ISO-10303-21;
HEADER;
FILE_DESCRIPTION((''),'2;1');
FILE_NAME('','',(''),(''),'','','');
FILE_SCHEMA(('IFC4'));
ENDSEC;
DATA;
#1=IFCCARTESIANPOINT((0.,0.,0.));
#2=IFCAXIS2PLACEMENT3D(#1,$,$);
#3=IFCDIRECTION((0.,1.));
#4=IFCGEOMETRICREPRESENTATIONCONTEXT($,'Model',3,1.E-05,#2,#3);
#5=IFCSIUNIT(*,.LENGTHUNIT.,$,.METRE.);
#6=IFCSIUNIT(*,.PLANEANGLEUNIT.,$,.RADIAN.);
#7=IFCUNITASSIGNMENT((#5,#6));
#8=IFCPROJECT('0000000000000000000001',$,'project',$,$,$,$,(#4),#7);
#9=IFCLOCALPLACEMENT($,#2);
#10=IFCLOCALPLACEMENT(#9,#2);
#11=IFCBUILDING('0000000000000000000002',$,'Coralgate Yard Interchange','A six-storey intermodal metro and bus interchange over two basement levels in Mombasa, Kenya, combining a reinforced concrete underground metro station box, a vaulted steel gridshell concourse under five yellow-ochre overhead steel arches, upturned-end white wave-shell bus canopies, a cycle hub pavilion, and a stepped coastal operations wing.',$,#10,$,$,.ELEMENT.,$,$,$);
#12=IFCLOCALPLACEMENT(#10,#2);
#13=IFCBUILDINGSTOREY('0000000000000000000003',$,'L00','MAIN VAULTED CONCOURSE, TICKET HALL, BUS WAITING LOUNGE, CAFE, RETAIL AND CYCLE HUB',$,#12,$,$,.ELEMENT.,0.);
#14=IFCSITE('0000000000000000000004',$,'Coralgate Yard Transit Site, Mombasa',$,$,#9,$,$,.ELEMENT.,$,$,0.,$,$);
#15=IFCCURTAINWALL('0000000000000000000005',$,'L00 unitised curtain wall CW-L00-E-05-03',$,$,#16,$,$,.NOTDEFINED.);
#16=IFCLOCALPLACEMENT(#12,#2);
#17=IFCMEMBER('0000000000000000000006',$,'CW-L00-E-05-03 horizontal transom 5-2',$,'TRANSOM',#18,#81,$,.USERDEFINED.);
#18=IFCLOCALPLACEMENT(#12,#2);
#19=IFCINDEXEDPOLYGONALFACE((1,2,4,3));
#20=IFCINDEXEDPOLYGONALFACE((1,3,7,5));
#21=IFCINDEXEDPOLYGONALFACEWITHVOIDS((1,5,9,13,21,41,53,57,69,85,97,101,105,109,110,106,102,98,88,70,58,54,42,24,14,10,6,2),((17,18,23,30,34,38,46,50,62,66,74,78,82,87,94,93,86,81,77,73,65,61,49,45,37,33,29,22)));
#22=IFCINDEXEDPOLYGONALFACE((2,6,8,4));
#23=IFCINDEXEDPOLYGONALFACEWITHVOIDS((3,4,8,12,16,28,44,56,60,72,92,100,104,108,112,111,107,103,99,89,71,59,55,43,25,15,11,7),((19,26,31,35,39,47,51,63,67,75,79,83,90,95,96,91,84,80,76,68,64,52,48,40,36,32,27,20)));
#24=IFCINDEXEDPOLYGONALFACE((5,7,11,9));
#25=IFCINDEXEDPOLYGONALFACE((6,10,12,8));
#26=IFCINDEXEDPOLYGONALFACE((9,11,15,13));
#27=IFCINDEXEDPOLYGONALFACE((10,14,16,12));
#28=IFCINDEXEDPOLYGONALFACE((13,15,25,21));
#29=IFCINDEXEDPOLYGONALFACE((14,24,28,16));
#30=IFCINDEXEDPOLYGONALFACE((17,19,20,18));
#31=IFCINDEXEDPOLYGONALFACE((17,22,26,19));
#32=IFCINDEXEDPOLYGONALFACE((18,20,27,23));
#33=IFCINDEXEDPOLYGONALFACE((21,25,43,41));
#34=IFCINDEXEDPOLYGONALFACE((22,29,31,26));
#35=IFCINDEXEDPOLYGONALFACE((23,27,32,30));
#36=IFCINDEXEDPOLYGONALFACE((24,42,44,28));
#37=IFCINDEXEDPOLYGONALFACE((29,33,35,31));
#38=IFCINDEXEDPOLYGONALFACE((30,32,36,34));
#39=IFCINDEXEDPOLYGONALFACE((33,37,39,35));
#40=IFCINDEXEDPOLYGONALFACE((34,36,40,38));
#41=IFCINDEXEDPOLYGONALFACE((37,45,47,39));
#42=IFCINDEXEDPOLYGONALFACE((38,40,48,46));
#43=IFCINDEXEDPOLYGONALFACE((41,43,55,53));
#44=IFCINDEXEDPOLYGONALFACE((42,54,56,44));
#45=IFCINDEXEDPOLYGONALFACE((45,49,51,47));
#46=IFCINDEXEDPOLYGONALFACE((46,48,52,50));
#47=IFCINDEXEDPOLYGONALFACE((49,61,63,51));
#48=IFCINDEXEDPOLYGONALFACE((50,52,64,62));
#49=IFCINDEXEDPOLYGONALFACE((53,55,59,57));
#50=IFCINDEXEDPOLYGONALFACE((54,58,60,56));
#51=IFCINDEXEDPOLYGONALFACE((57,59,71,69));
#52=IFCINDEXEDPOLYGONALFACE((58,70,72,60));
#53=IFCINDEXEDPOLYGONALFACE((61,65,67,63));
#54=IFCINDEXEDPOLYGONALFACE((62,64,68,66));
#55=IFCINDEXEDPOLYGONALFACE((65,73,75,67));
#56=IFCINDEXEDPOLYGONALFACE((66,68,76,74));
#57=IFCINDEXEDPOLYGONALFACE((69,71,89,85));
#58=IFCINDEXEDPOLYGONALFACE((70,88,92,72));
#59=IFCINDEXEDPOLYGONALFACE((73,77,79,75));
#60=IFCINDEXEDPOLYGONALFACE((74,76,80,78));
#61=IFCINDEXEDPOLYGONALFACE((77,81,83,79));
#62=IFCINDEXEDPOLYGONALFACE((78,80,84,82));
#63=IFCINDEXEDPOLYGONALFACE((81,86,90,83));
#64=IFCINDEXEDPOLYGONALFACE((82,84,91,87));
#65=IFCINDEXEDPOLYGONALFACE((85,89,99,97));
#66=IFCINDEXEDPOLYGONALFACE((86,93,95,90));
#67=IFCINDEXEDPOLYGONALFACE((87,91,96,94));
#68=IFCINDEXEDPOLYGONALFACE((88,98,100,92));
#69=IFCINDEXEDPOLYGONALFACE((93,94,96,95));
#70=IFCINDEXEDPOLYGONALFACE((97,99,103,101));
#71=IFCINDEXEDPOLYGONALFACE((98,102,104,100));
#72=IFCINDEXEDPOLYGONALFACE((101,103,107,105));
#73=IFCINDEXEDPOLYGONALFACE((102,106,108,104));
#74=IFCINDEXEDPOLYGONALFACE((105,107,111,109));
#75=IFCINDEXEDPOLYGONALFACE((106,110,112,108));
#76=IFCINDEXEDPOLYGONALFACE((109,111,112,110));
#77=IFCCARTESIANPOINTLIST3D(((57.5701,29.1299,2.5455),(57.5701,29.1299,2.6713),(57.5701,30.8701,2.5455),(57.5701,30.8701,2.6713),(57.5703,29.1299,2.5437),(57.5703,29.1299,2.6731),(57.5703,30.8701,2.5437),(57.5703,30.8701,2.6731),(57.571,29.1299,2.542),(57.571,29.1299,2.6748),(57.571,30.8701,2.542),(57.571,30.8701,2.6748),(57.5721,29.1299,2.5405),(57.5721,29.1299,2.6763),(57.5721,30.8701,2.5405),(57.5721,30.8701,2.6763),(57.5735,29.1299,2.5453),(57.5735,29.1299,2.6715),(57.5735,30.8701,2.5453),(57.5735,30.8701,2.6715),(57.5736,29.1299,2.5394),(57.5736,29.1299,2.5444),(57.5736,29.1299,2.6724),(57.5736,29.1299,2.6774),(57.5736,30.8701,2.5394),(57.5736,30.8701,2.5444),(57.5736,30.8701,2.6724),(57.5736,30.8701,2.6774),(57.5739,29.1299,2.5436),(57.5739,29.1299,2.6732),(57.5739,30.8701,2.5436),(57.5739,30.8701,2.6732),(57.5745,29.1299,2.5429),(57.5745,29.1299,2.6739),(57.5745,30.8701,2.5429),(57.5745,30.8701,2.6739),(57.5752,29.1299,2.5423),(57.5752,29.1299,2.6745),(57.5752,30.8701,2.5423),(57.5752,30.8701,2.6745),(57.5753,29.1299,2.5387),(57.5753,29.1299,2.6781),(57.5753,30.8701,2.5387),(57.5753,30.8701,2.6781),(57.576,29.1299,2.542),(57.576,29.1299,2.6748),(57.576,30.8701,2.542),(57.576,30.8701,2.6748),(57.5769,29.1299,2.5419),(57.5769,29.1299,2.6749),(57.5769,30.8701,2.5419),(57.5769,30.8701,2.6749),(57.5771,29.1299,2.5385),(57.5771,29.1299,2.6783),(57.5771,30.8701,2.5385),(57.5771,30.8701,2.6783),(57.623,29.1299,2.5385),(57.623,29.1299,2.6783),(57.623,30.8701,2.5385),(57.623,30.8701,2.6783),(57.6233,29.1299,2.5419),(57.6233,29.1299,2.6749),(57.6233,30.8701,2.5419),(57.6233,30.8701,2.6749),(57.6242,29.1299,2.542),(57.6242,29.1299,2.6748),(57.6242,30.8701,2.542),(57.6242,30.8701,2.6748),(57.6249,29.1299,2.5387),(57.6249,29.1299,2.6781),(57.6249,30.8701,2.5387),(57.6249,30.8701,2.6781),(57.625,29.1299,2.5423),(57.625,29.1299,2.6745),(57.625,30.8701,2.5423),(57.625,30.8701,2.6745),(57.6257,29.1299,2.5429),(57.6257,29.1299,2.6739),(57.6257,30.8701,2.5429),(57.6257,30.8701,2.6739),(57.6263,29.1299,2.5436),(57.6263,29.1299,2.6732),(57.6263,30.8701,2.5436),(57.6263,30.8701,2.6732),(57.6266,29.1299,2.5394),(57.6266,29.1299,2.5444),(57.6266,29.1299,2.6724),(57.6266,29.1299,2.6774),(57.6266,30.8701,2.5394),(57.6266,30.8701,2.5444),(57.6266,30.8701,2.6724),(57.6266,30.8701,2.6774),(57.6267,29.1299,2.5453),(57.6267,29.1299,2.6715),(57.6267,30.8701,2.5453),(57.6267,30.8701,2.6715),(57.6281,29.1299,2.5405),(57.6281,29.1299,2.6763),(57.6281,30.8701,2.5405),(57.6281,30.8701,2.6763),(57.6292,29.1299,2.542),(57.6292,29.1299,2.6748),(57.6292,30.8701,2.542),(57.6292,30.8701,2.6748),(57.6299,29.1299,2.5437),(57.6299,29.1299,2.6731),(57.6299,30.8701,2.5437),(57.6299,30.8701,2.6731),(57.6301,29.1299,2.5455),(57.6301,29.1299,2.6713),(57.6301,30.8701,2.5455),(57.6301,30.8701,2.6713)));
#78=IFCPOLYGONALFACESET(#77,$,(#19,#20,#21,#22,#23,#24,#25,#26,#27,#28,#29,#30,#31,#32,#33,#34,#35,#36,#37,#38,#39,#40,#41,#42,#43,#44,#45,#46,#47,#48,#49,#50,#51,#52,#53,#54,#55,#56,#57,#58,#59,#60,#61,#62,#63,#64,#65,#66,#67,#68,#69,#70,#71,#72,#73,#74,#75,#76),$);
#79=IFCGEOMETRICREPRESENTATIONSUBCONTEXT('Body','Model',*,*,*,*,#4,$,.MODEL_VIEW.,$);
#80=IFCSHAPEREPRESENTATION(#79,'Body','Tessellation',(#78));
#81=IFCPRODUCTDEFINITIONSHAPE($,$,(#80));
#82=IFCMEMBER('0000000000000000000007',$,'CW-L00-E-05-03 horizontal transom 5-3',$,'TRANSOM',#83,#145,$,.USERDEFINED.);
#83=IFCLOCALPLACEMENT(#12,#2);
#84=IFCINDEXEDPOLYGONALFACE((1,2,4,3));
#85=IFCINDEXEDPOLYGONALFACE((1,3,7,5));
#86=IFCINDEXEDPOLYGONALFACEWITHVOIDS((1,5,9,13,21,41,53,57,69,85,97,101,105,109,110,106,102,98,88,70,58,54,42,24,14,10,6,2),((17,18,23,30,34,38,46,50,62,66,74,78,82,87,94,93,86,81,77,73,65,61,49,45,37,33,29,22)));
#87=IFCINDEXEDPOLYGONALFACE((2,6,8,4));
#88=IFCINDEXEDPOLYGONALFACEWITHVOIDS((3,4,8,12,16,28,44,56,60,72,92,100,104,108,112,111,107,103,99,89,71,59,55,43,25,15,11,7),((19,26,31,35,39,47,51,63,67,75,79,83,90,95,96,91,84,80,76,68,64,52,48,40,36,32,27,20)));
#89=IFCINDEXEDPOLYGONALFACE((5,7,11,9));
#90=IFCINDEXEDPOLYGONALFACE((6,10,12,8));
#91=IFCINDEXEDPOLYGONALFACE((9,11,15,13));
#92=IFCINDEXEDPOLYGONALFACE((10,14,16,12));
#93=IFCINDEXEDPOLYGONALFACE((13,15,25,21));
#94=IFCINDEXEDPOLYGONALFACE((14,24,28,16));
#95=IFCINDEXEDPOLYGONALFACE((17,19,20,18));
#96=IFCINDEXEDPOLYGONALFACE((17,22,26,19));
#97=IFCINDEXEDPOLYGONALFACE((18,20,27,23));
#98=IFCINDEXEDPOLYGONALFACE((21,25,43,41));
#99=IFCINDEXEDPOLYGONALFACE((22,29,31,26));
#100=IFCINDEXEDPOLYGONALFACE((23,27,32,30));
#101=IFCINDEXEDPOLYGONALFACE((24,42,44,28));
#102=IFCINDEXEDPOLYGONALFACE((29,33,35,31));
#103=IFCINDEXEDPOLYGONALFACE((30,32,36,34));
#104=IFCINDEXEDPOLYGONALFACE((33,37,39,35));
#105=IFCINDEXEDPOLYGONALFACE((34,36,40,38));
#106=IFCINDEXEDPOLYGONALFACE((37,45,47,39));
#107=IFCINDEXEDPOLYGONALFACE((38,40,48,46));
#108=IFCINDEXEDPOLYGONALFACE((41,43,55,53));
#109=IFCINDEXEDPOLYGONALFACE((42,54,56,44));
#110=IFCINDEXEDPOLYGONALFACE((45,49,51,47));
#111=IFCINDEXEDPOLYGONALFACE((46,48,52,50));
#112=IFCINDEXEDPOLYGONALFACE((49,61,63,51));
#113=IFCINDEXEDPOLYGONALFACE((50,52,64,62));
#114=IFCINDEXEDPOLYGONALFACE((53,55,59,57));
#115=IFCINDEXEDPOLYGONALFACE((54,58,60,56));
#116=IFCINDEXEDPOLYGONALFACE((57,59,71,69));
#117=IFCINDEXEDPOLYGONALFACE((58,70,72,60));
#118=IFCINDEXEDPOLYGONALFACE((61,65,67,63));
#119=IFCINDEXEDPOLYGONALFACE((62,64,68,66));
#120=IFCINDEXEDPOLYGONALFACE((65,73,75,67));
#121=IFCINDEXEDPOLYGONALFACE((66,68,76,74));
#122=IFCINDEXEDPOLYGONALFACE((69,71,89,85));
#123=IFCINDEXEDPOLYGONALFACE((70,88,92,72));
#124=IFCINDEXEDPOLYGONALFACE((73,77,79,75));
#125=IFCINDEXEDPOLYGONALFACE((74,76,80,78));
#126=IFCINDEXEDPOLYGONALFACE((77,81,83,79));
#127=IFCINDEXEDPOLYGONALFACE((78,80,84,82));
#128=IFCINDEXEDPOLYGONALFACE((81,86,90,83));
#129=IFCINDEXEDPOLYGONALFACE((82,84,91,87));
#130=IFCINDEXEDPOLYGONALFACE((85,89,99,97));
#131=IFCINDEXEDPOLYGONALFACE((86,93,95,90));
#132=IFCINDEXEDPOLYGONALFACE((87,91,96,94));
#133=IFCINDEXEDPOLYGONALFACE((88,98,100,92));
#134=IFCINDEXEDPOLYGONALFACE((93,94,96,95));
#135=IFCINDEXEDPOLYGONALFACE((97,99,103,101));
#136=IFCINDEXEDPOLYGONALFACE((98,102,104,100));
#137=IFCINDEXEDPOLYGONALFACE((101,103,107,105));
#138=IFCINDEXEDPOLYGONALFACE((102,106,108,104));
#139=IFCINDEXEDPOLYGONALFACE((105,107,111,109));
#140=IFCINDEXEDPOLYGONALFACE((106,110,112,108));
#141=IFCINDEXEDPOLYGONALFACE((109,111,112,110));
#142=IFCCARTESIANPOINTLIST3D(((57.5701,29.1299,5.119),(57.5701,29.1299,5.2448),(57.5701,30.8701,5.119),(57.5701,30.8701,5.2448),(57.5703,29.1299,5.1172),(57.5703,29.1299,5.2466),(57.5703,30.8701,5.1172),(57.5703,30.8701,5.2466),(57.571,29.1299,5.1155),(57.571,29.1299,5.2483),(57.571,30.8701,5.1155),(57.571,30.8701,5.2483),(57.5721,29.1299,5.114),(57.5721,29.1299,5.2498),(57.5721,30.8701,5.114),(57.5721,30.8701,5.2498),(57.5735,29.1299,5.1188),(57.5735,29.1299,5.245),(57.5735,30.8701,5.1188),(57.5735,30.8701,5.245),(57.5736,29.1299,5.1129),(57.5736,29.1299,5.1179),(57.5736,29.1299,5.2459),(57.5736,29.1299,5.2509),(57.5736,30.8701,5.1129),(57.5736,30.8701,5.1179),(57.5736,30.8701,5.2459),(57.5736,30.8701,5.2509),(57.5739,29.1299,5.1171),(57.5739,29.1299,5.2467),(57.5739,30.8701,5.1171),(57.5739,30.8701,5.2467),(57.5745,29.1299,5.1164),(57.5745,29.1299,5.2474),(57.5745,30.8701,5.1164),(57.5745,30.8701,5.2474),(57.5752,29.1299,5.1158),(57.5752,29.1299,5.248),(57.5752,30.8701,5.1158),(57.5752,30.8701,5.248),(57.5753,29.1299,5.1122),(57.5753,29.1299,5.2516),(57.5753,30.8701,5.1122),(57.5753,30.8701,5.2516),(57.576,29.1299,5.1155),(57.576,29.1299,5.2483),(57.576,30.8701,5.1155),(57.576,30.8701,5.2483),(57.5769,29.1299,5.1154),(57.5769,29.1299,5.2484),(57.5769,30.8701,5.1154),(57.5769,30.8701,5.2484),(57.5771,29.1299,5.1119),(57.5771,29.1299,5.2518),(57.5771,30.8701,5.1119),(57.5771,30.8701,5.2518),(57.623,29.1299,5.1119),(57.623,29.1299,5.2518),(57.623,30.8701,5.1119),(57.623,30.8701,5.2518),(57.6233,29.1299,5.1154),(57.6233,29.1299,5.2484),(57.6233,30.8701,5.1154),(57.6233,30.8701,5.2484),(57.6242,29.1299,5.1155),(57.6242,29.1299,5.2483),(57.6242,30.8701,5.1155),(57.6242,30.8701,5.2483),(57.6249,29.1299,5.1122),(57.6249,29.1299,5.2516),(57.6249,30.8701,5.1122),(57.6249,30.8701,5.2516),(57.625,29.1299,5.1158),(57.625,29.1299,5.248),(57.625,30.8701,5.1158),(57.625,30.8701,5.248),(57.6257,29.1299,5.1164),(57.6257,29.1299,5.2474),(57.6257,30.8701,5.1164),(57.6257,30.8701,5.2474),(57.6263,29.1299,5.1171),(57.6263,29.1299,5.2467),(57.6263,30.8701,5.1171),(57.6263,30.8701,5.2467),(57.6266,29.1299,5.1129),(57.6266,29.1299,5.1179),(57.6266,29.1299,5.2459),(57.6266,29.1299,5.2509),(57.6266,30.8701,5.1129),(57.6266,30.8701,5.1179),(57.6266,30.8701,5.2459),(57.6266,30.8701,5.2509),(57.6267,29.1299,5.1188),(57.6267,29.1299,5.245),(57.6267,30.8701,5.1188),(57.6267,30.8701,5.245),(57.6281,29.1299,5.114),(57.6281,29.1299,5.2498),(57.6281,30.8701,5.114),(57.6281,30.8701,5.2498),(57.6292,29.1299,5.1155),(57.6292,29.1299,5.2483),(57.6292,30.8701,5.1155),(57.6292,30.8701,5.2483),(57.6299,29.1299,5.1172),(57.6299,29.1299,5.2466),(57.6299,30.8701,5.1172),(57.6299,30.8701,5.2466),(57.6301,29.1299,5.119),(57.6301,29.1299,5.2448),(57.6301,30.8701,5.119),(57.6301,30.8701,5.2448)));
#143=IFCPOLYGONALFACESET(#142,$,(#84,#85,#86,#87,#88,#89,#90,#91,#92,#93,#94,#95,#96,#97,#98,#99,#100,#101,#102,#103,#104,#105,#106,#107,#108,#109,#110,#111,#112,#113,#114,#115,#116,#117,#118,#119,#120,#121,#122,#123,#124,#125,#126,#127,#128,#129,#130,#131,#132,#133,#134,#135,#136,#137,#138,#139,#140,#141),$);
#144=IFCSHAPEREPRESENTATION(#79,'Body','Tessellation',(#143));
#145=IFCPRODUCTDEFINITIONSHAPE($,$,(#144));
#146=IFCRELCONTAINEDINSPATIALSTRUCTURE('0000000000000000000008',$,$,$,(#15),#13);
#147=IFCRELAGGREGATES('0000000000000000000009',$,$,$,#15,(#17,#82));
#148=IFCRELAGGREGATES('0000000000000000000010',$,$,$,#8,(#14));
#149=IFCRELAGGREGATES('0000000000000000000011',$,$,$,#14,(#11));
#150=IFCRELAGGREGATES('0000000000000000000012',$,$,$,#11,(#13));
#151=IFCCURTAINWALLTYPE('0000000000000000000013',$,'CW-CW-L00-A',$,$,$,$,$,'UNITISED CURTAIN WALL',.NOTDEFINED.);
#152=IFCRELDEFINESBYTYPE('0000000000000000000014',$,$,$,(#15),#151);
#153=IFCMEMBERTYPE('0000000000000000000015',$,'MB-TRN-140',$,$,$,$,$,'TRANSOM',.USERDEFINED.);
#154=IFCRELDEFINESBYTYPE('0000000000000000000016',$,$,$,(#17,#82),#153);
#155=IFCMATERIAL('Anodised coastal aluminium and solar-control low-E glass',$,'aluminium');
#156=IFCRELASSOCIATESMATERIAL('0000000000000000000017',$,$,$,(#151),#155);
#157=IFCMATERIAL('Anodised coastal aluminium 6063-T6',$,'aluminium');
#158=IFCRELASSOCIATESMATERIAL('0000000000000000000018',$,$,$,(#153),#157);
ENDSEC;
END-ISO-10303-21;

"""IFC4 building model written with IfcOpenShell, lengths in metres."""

from ifc_helpers import new_model, si_unit, direction, frame, origin, origin_2d, place, context, subcontext, project, spatial, hollow_rectangle, extrude, material, material_profile, profile_set, type_object, element, aggregate, save


model = new_model("IFC4")

# Units and contexts
model_context = context("Model", 3, precision=1e-05, world=origin(), true_north=direction((0.0, 1.0)))
body_context = subcontext(model_context, "Body", "Model", "MODEL_VIEW")
ifc_project = project(units=[si_unit("LENGTHUNIT", "METRE"), si_unit("PLANEANGLEUNIT", "RADIAN")], contexts=[model_context])

# Site, building, storey
site_placement = place(None, origin())
site = spatial("IfcSite", under=ifc_project, at=site_placement, Name="Coralgate Yard Transit Site, Mombasa", CompositionType="ELEMENT", RefElevation=0.0)
building_placement = place(site_placement, origin())
building = spatial("IfcBuilding", under=site, at=building_placement, Name="Coralgate Yard Interchange", Description="A six-storey intermodal metro and bus interchange over two basement levels in Mombasa, Kenya, combining a reinforced concrete underground metro station box, a vaulted steel gridshell concourse under five yellow-ochre overhead steel arches, upturned-end white wave-shell bus canopies, a cycle hub pavilion, and a stepped coastal operations wing.", CompositionType="ELEMENT")
storey_placement = place(building_placement, origin())
storey = spatial("IfcBuildingStorey", under=building, at=storey_placement, Name="L00", Description="MAIN VAULTED CONCOURSE, TICKET HALL, BUS WAITING LOUNGE, CAFE, RETAIL AND CYCLE HUB", CompositionType="ELEMENT", Elevation=0.0)

# Shared definitions
ifc_material_1 = material(Name="Anodised coastal aluminium and solar-control low-E glass", Category="aluminium")
curtain_wall_type_1 = type_object("IfcCurtainWallType", Name="CW-CW-L00-A", ElementType="UNITISED CURTAIN WALL", PredefinedType="NOTDEFINED", material=ifc_material_1)
ifc_material_2 = material(Name="Anodised coastal aluminium 6063-T6", Category="aluminium")

# Curtain wall
curtain_wall_1_placement = place(storey_placement, origin())
curtain_wall_1 = element("IfcCurtainWall", 1, at=curtain_wall_1_placement, inside=storey, type_object=curtain_wall_type_1, Name="L00 unitised curtain wall CW-L00-E-05-03", PredefinedType="NOTDEFINED")

# Members
ifc_material_profile_1 = material_profile(ifc_material_2, hollow_rectangle(XDim=0.0601, YDim=0.1399, WallThickness=0.0034, InnerFilletRadius=0.0034, OuterFilletRadius=0.0071, at=origin_2d()), Name="ALU 60x140x3.5")
ifc_profile_set_1 = profile_set([ifc_material_profile_1], Name="Anodised coastal aluminium 6063-T6")
member_type_1 = type_object("IfcMemberType", Name="MB-TRN-140", ElementType="TRANSOM", PredefinedType="USERDEFINED", material=ifc_profile_set_1)
member_1_placement = place(storey_placement, frame((57.6001, 30.8701, 2.6084), z_axis=(0.0, -1.0, 0.0), x_axis=(1.0, 0.0, 0.0)))
member_1 = element("IfcMember", 2, at=member_1_placement, type_object=member_type_1, Name="CW-L00-E-05-03 horizontal transom 5-2", ObjectType="TRANSOM", PredefinedType="USERDEFINED", context=body_context, shape_type="SweptSolid", body=[
    extrude(hollow_rectangle(XDim=0.0601, YDim=0.1399, WallThickness=0.0034, InnerFilletRadius=0.0034, OuterFilletRadius=0.0071, at=origin_2d()), origin(), (0.0, 0.0, 1.0), 1.7402),
])
member_2_placement = place(storey_placement, frame((57.6001, 30.8701, 5.1819), z_axis=(0.0, -1.0, 0.0), x_axis=(1.0, 0.0, 0.0)))
member_2 = element("IfcMember", 3, at=member_2_placement, type_object=member_type_1, Name="CW-L00-E-05-03 horizontal transom 5-3", ObjectType="TRANSOM", PredefinedType="USERDEFINED", context=body_context, shape_type="SweptSolid", body=[
    extrude(hollow_rectangle(XDim=0.0601, YDim=0.1399, WallThickness=0.0034, InnerFilletRadius=0.0034, OuterFilletRadius=0.0071, at=origin_2d()), origin(), (0.0, 0.0, 1.0), 1.7402),
])

aggregate(curtain_wall_1, [member_1, member_2])

save(model, "model.ifc")
